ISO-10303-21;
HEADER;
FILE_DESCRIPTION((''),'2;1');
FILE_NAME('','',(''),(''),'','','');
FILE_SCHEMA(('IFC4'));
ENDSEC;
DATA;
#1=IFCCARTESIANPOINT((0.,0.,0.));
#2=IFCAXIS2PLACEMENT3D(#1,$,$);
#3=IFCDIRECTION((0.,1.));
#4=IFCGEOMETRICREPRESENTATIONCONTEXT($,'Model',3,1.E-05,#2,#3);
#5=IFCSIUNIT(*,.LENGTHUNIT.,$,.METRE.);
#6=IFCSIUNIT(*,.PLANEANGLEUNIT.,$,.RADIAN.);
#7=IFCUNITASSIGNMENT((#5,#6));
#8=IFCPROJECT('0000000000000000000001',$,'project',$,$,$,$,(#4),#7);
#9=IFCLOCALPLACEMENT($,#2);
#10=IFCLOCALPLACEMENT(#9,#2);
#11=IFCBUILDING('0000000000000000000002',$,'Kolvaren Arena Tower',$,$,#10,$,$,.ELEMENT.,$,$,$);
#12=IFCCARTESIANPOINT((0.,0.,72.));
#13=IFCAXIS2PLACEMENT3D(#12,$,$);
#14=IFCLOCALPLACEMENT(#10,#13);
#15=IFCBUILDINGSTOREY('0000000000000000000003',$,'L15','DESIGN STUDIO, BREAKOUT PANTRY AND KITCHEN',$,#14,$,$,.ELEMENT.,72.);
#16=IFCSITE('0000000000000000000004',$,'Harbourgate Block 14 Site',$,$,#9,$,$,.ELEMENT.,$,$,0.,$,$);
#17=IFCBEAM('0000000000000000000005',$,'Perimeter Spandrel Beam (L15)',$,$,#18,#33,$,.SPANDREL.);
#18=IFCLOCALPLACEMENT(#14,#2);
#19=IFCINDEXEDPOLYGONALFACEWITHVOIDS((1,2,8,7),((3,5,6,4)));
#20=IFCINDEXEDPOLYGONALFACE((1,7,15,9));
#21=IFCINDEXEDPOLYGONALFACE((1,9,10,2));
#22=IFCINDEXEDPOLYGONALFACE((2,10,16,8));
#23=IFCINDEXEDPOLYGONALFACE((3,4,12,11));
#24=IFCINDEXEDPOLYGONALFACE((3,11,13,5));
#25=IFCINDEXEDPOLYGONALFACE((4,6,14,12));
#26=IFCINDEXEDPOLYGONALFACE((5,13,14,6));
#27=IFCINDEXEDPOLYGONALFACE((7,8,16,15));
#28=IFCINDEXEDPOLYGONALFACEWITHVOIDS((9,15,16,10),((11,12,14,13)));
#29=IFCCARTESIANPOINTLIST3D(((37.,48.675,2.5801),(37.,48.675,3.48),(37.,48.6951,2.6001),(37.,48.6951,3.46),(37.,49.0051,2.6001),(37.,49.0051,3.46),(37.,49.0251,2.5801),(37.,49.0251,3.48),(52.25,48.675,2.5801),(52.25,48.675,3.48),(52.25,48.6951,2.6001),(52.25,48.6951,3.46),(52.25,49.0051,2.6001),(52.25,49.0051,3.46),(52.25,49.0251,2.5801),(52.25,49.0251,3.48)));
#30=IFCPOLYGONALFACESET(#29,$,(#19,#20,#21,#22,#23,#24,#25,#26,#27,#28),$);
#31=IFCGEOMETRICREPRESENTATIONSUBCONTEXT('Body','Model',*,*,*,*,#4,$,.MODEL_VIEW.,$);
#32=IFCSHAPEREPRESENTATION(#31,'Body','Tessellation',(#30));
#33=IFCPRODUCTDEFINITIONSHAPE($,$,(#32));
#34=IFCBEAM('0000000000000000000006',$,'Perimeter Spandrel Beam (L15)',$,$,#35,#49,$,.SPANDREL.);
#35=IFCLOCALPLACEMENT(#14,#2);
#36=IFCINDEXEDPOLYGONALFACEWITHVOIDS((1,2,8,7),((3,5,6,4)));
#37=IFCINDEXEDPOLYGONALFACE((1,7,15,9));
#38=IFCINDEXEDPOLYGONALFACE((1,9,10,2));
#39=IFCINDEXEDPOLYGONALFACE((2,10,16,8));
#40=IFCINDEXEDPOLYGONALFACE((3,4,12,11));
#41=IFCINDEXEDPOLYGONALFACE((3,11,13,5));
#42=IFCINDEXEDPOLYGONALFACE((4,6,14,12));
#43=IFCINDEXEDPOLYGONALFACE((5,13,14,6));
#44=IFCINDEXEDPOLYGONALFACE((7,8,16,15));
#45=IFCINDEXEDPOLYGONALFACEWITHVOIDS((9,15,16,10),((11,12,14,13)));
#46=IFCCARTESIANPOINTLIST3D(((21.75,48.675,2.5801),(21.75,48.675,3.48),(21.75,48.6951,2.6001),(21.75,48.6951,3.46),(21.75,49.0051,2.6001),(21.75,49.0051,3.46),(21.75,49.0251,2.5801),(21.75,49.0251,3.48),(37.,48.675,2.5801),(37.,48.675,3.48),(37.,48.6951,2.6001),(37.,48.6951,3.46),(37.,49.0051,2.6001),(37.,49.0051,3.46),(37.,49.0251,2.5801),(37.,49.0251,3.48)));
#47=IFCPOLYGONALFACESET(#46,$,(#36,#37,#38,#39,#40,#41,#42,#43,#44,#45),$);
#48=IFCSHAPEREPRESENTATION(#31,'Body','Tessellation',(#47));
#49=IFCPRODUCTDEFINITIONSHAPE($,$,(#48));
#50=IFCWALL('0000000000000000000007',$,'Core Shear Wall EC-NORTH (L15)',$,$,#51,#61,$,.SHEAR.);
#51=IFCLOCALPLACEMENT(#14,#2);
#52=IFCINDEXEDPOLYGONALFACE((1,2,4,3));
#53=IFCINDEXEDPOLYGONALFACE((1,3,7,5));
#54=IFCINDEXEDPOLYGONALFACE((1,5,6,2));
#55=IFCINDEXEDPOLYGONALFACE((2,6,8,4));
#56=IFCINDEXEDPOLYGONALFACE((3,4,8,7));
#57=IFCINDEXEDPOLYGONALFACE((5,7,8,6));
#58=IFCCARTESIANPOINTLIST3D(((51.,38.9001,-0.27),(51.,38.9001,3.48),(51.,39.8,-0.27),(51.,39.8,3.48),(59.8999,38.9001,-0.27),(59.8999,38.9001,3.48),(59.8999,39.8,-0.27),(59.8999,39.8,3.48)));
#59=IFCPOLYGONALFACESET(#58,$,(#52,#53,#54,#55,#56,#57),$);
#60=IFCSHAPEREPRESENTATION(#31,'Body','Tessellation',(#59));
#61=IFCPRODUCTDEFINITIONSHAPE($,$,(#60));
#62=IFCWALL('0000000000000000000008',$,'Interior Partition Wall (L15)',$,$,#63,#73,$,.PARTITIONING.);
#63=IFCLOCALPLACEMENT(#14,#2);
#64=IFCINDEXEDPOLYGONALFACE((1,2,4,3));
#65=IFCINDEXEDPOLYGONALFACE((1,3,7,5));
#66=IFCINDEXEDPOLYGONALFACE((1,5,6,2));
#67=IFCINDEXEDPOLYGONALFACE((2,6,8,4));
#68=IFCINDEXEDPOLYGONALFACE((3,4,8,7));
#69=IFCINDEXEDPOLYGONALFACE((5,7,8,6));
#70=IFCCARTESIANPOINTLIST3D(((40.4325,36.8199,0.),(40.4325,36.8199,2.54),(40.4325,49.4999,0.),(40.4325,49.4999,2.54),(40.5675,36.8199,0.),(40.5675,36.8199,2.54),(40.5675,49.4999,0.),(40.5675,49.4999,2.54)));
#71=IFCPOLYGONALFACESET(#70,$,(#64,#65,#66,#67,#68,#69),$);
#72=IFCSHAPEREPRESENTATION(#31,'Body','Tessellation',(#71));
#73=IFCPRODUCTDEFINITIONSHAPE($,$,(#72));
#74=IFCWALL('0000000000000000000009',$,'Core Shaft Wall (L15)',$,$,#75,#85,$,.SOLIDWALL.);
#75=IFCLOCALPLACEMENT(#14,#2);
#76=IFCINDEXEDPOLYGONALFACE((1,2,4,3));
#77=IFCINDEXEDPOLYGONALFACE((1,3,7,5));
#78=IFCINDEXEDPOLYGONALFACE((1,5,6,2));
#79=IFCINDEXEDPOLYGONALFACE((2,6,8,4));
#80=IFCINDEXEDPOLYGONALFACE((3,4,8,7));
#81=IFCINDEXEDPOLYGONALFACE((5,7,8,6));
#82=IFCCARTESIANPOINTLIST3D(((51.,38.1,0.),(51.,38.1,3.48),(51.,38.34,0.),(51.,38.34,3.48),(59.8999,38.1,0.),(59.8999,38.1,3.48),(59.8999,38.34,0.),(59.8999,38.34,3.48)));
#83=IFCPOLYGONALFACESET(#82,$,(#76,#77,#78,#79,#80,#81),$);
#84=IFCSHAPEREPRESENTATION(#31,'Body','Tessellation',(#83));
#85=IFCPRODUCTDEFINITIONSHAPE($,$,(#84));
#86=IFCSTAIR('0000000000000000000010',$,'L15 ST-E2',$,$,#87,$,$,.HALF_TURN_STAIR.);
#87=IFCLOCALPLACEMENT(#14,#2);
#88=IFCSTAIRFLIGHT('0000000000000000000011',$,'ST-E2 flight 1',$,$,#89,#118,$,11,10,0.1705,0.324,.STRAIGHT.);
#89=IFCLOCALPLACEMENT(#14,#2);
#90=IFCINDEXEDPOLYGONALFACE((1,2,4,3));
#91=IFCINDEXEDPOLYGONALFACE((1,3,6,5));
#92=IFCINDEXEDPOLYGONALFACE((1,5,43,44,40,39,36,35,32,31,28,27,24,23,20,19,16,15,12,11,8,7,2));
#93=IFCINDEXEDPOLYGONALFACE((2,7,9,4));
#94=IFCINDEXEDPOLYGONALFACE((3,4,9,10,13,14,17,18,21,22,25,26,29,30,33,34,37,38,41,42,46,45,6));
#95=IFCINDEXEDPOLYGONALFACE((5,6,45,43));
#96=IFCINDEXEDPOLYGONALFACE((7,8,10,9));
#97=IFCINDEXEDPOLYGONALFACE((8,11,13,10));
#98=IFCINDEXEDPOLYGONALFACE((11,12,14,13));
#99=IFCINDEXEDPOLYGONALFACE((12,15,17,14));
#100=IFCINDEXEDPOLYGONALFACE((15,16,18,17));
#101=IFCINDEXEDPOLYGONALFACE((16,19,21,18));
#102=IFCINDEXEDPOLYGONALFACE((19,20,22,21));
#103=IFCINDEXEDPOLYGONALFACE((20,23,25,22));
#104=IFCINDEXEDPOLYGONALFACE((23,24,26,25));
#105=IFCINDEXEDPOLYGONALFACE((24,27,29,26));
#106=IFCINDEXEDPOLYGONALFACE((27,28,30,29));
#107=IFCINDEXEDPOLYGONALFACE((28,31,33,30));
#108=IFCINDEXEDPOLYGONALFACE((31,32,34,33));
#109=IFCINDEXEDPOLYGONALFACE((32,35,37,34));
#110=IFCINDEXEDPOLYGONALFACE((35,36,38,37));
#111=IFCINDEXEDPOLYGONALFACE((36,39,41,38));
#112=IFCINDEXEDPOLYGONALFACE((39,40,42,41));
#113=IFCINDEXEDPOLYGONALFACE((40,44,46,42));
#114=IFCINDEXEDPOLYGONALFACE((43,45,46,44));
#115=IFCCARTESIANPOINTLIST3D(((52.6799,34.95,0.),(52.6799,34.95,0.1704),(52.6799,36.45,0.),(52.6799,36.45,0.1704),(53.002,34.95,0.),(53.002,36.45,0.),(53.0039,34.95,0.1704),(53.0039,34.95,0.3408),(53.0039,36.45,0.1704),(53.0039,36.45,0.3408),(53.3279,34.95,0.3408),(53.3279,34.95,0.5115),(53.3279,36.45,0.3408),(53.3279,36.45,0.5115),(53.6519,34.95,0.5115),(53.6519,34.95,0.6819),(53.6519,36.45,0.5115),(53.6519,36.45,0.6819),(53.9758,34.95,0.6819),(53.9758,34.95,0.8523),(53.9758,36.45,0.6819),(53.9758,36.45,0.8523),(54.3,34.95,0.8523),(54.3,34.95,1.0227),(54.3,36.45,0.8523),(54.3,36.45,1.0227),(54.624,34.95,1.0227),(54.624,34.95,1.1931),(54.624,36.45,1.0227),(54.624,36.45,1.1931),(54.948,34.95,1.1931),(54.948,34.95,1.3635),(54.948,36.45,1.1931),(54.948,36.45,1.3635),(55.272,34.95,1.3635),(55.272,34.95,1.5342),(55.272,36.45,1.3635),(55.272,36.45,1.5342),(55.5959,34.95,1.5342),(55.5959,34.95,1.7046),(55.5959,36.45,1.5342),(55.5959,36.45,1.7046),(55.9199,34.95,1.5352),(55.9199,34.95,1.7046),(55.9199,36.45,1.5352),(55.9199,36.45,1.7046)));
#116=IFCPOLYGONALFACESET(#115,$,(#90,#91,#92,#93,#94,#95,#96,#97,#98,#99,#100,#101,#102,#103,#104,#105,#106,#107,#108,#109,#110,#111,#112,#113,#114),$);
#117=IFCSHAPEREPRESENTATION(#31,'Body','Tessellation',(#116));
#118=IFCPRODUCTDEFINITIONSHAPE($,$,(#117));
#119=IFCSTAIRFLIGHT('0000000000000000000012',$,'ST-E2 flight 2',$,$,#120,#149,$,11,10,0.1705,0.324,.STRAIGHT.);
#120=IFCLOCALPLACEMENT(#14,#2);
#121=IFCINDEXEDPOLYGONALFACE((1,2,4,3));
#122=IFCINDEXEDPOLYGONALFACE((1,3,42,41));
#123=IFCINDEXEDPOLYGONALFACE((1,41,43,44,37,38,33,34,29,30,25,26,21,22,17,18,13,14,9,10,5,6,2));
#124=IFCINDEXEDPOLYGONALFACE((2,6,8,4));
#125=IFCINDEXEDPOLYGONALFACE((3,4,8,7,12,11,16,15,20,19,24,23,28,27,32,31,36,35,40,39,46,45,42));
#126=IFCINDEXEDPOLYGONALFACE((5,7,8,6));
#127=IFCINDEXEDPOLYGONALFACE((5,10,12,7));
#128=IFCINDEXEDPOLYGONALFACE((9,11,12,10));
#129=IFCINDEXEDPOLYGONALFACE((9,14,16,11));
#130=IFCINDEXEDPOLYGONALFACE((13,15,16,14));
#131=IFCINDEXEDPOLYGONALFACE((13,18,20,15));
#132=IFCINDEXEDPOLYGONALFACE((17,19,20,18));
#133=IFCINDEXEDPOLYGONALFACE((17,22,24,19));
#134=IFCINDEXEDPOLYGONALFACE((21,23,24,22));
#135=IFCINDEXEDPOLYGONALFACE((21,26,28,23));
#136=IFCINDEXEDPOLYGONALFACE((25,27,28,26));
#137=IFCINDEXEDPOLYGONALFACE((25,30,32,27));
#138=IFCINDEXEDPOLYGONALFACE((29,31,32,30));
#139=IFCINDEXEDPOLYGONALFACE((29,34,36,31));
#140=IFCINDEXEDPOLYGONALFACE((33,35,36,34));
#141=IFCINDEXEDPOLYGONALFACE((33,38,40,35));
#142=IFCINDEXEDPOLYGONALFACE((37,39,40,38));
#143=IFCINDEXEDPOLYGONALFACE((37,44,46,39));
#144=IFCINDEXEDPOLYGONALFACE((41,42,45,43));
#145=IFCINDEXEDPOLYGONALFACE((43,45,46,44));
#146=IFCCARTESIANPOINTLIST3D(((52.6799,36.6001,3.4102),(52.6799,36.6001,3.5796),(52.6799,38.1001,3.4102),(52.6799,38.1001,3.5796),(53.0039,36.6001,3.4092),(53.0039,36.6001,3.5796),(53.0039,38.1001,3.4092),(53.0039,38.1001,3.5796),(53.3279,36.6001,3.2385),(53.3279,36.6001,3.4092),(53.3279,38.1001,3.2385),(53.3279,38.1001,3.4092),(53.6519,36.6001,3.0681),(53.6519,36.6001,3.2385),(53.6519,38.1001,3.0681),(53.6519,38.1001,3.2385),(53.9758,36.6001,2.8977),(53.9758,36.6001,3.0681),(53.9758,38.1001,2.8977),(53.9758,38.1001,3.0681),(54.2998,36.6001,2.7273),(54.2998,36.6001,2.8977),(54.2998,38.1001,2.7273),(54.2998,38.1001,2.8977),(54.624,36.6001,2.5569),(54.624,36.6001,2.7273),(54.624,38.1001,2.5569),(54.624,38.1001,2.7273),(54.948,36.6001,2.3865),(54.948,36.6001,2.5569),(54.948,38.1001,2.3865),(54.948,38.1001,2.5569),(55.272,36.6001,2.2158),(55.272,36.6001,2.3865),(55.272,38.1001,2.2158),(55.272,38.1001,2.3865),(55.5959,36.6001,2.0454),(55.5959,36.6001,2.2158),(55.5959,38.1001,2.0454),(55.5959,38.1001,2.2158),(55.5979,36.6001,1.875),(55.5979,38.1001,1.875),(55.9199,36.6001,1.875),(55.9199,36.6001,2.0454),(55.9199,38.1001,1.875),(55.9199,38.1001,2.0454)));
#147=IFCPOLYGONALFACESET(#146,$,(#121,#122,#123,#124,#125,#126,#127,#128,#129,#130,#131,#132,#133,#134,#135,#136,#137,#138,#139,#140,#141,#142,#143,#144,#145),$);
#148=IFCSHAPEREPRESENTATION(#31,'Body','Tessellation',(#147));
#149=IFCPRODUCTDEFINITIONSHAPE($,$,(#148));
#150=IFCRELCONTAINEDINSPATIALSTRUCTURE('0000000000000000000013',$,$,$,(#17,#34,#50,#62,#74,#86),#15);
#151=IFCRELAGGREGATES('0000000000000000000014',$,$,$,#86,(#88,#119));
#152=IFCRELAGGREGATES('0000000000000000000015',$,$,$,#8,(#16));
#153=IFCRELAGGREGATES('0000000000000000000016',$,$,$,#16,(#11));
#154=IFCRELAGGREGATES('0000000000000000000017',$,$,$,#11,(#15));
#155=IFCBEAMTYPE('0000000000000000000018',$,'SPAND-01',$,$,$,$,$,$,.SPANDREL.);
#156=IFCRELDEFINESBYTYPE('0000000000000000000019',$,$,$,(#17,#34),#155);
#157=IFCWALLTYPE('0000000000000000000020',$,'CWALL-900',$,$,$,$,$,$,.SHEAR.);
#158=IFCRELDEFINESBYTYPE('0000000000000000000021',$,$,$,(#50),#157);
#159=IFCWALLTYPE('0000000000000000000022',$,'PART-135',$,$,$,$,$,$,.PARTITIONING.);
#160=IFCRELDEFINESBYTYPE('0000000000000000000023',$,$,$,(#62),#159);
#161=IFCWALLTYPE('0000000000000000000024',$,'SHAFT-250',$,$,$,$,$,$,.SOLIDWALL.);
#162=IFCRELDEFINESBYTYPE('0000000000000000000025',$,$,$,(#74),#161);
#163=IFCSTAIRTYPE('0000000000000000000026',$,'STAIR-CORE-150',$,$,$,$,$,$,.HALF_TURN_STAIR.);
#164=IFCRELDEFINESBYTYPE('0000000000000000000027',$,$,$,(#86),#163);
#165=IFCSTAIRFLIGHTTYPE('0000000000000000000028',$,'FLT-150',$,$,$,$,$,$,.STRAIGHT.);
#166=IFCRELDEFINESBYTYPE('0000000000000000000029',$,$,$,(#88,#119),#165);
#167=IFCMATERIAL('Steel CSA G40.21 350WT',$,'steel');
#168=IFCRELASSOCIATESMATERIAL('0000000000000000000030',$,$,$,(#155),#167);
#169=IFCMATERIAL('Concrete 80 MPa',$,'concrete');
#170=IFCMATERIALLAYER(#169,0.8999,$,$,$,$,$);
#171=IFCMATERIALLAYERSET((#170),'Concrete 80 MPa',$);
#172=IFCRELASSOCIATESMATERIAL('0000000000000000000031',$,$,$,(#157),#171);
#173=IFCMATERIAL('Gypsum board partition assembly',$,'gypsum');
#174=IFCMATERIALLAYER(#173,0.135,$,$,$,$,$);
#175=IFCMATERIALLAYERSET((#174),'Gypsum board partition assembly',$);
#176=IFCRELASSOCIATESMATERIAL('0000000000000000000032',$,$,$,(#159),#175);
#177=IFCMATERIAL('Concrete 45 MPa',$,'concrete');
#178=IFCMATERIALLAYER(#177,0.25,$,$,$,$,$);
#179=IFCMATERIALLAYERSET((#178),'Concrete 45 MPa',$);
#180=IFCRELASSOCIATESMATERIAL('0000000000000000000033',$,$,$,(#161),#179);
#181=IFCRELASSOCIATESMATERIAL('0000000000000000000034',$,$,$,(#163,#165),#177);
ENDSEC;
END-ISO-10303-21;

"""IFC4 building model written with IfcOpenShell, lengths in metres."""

from ifc_helpers import new_model, si_unit, direction, frame, frame_2d, origin, origin_2d, place, context, subcontext, project, spatial, polyline, rectangle, hollow_rectangle, outline, extrude, material, layer, layer_set, material_profile, profile_set, type_object, element, aggregate, save


model = new_model("IFC4")

# Units and contexts
model_context = context("Model", 3, precision=1e-05, world=origin(), true_north=direction((0.0, 1.0)))
body_context = subcontext(model_context, "Body", "Model", "MODEL_VIEW")
ifc_project = project(units=[si_unit("LENGTHUNIT", "METRE"), si_unit("PLANEANGLEUNIT", "RADIAN")], contexts=[model_context])

# Site, building, storey
site_placement = place(None, origin())
site = spatial("IfcSite", under=ifc_project, at=site_placement, Name="Harbourgate Block 14 Site", CompositionType="ELEMENT", RefElevation=0.0)
building_placement = place(site_placement, origin())
building = spatial("IfcBuilding", under=site, at=building_placement, Name="Kolvaren Arena Tower", CompositionType="ELEMENT")
storey_placement = place(building_placement, frame((0.0, 0.0, 72.0)))
storey = spatial("IfcBuildingStorey", under=building, at=storey_placement, Name="L15", Description="DESIGN STUDIO, BREAKOUT PANTRY AND KITCHEN", CompositionType="ELEMENT", Elevation=72.0)

# Beams
ifc_material_1 = material(Name="Steel CSA G40.21 350WT", Category="steel")
ifc_material_profile_1 = material_profile(ifc_material_1, hollow_rectangle(XDim=0.3501, YDim=0.8999, WallThickness=0.02, at=origin_2d()), Name="HSS 900x350x20")
ifc_profile_set_1 = profile_set([ifc_material_profile_1], Name="Steel CSA G40.21 350WT")
beam_type_1 = type_object("IfcBeamType", Name="SPAND-01", PredefinedType="SPANDREL", material=ifc_profile_set_1)
for number, where, z_axis, x_axis, name in (
    (1, (52.25, 48.8501, 3.03), (-1.0, 0.0, 0.0), (0.0, -1.0, 0.0), "Perimeter Spandrel Beam (L15)"),
    (2, (37.0, 48.8501, 3.03), (-1.0, 0.0, 0.0), (0.0, -1.0, 0.0), "Perimeter Spandrel Beam (L15)"),
):
    element("IfcBeam", number, at=place(storey_placement, frame(where, z_axis=z_axis, x_axis=x_axis)), inside=storey, type_object=beam_type_1, Name=name, PredefinedType="SPANDREL", context=body_context, shape_type="SweptSolid", body=[
        extrude(hollow_rectangle(XDim=0.3501, YDim=0.8999, WallThickness=0.02, at=origin_2d()), origin(), (0.0, 0.0, 1.0), 15.25),
    ])

# Walls
ifc_material_2 = material(Name="Concrete 80 MPa", Category="concrete")
ifc_layer_1 = layer(ifc_material_2, 0.8999)
ifc_layer_set_1 = layer_set([ifc_layer_1], Name="Concrete 80 MPa")
wall_type_1 = type_object("IfcWallType", Name="CWALL-900", PredefinedType="SHEAR", material=ifc_layer_set_1)
wall_1_placement = place(storey_placement, frame((51.0, 39.3501, -0.27), z_axis=(0.0, 0.0, 1.0), x_axis=(1.0, 0.0, 0.0)))
element("IfcWall", 3, at=wall_1_placement, inside=storey, type_object=wall_type_1, Name="Core Shear Wall EC-NORTH (L15)", PredefinedType="SHEAR", context=body_context, shape_type="SweptSolid", body=[
    extrude(rectangle(XDim=8.8999, YDim=0.8999, at=frame_2d((4.45, 0.0))), origin(), (0.0, 0.0, 1.0), 3.75),
])
ifc_material_3 = material(Name="Gypsum board partition assembly", Category="gypsum")
ifc_layer_2 = layer(ifc_material_3, 0.135)
ifc_layer_set_2 = layer_set([ifc_layer_2], Name="Gypsum board partition assembly")
wall_type_2 = type_object("IfcWallType", Name="PART-135", PredefinedType="PARTITIONING", material=ifc_layer_set_2)
wall_2_placement = place(storey_placement, frame((40.5, 36.8201, 0.0), z_axis=(0.0, 0.0, 1.0), x_axis=(0.0, 1.0, 0.0)))
element("IfcWall", 4, at=wall_2_placement, inside=storey, type_object=wall_type_2, Name="Interior Partition Wall (L15)", PredefinedType="PARTITIONING", context=body_context, shape_type="SweptSolid", body=[
    extrude(rectangle(XDim=12.6799, YDim=0.135, at=frame_2d((6.3398, 0.0))), origin(), (0.0, 0.0, 1.0), 2.54),
])
ifc_material_4 = material(Name="Concrete 45 MPa", Category="concrete")
ifc_layer_3 = layer(ifc_material_4, 0.25)
ifc_layer_set_3 = layer_set([ifc_layer_3], Name="Concrete 45 MPa")
wall_type_3 = type_object("IfcWallType", Name="SHAFT-250", PredefinedType="SOLIDWALL", material=ifc_layer_set_3)
wall_3_placement = place(storey_placement, frame((51.0, 38.22, 0.0), z_axis=(0.0, 0.0, 1.0), x_axis=(1.0, 0.0, 0.0)))
element("IfcWall", 5, at=wall_3_placement, inside=storey, type_object=wall_type_3, Name="Core Shaft Wall (L15)", PredefinedType="SOLIDWALL", context=body_context, shape_type="SweptSolid", body=[
    extrude(rectangle(XDim=8.8999, YDim=0.24, at=frame_2d((4.45, 0.0))), origin(), (0.0, 0.0, 1.0), 3.48),
])

# Stair, stair flights
stair_type = type_object("IfcStairType", Name="STAIR-CORE-150", PredefinedType="HALF_TURN_STAIR", material=ifc_material_4)
stair_placement = place(storey_placement, origin())
stair = element("IfcStair", 6, at=stair_placement, inside=storey, type_object=stair_type, Name="L15 ST-E2", PredefinedType="HALF_TURN_STAIR")
stair_flight_type = type_object("IfcStairFlightType", Name="FLT-150", PredefinedType="STRAIGHT", material=ifc_material_4)
stair_flight_1_placement = place(storey_placement, frame((52.6799, 35.7, 0.0), z_axis=(0.0, 0.0, 1.0), x_axis=(1.0, 0.0, 0.0)))
stair_flight_1 = element("IfcStairFlight", 7, at=stair_flight_1_placement, type_object=stair_flight_type, Name="ST-E2 flight 1", NumberOfRisers=11, NumberOfTreads=10, PredefinedType="STRAIGHT", RiserHeight=0.1705, TreadLength=0.324, context=body_context, shape_type="SweptSolid", body=[
    extrude(outline(polyline([(0.0, 0.0), (0.0, 0.1704), (0.324, 0.1704), (0.324, 0.3408), (0.6479, 0.3408), (0.6479, 0.5115), (0.9719, 0.5115), (0.9719, 0.6819), (1.2959, 0.6819), (1.2959, 0.8523), (1.6201, 0.8523), (1.6201, 1.0227), (1.9441, 1.0227), (1.9441, 1.1931), (2.2681, 1.1931), (2.2681, 1.3635), (2.592, 1.3635), (2.592, 1.5342), (2.916, 1.5342), (2.916, 1.7046), (3.24, 1.7046), (3.24, 1.875), (3.24, 1.5352), (0.322, 0.0), (0.0, 0.0)])), frame((0.0, 0.75, 0.0), z_axis=(0.0, -1.0, 0.0), x_axis=(1.0, 0.0, 0.0)), (0.0, 0.0, 1.0), 1.5),
])
stair_flight_2_placement = place(storey_placement, frame((55.9199, 37.3501, 1.875), z_axis=(0.0, 0.0, 1.0), x_axis=(-1.0, 0.0, 0.0)))
stair_flight_2 = element("IfcStairFlight", 8, at=stair_flight_2_placement, type_object=stair_flight_type, Name="ST-E2 flight 2", NumberOfRisers=11, NumberOfTreads=10, PredefinedType="STRAIGHT", RiserHeight=0.1705, TreadLength=0.324, context=body_context, shape_type="SweptSolid", body=[
    extrude(outline(polyline([(0.0, 0.0), (0.0, 0.1704), (0.324, 0.1704), (0.324, 0.3408), (0.6479, 0.3408), (0.6479, 0.5115), (0.9719, 0.5115), (0.9719, 0.6819), (1.2959, 0.6819), (1.2959, 0.8523), (1.6201, 0.8523), (1.6201, 1.0227), (1.9441, 1.0227), (1.9441, 1.1931), (2.2681, 1.1931), (2.2681, 1.3635), (2.592, 1.3635), (2.592, 1.5342), (2.916, 1.5342), (2.916, 1.7046), (3.24, 1.7046), (3.24, 1.875), (3.24, 1.5352), (0.322, 0.0), (0.0, 0.0)])), frame((0.0, 0.75, 0.0), z_axis=(0.0, -1.0, 0.0), x_axis=(1.0, 0.0, 0.0)), (0.0, 0.0, 1.0), 1.5),
])
aggregate(stair, [stair_flight_1, stair_flight_2])

save(model, "model.ifc")
